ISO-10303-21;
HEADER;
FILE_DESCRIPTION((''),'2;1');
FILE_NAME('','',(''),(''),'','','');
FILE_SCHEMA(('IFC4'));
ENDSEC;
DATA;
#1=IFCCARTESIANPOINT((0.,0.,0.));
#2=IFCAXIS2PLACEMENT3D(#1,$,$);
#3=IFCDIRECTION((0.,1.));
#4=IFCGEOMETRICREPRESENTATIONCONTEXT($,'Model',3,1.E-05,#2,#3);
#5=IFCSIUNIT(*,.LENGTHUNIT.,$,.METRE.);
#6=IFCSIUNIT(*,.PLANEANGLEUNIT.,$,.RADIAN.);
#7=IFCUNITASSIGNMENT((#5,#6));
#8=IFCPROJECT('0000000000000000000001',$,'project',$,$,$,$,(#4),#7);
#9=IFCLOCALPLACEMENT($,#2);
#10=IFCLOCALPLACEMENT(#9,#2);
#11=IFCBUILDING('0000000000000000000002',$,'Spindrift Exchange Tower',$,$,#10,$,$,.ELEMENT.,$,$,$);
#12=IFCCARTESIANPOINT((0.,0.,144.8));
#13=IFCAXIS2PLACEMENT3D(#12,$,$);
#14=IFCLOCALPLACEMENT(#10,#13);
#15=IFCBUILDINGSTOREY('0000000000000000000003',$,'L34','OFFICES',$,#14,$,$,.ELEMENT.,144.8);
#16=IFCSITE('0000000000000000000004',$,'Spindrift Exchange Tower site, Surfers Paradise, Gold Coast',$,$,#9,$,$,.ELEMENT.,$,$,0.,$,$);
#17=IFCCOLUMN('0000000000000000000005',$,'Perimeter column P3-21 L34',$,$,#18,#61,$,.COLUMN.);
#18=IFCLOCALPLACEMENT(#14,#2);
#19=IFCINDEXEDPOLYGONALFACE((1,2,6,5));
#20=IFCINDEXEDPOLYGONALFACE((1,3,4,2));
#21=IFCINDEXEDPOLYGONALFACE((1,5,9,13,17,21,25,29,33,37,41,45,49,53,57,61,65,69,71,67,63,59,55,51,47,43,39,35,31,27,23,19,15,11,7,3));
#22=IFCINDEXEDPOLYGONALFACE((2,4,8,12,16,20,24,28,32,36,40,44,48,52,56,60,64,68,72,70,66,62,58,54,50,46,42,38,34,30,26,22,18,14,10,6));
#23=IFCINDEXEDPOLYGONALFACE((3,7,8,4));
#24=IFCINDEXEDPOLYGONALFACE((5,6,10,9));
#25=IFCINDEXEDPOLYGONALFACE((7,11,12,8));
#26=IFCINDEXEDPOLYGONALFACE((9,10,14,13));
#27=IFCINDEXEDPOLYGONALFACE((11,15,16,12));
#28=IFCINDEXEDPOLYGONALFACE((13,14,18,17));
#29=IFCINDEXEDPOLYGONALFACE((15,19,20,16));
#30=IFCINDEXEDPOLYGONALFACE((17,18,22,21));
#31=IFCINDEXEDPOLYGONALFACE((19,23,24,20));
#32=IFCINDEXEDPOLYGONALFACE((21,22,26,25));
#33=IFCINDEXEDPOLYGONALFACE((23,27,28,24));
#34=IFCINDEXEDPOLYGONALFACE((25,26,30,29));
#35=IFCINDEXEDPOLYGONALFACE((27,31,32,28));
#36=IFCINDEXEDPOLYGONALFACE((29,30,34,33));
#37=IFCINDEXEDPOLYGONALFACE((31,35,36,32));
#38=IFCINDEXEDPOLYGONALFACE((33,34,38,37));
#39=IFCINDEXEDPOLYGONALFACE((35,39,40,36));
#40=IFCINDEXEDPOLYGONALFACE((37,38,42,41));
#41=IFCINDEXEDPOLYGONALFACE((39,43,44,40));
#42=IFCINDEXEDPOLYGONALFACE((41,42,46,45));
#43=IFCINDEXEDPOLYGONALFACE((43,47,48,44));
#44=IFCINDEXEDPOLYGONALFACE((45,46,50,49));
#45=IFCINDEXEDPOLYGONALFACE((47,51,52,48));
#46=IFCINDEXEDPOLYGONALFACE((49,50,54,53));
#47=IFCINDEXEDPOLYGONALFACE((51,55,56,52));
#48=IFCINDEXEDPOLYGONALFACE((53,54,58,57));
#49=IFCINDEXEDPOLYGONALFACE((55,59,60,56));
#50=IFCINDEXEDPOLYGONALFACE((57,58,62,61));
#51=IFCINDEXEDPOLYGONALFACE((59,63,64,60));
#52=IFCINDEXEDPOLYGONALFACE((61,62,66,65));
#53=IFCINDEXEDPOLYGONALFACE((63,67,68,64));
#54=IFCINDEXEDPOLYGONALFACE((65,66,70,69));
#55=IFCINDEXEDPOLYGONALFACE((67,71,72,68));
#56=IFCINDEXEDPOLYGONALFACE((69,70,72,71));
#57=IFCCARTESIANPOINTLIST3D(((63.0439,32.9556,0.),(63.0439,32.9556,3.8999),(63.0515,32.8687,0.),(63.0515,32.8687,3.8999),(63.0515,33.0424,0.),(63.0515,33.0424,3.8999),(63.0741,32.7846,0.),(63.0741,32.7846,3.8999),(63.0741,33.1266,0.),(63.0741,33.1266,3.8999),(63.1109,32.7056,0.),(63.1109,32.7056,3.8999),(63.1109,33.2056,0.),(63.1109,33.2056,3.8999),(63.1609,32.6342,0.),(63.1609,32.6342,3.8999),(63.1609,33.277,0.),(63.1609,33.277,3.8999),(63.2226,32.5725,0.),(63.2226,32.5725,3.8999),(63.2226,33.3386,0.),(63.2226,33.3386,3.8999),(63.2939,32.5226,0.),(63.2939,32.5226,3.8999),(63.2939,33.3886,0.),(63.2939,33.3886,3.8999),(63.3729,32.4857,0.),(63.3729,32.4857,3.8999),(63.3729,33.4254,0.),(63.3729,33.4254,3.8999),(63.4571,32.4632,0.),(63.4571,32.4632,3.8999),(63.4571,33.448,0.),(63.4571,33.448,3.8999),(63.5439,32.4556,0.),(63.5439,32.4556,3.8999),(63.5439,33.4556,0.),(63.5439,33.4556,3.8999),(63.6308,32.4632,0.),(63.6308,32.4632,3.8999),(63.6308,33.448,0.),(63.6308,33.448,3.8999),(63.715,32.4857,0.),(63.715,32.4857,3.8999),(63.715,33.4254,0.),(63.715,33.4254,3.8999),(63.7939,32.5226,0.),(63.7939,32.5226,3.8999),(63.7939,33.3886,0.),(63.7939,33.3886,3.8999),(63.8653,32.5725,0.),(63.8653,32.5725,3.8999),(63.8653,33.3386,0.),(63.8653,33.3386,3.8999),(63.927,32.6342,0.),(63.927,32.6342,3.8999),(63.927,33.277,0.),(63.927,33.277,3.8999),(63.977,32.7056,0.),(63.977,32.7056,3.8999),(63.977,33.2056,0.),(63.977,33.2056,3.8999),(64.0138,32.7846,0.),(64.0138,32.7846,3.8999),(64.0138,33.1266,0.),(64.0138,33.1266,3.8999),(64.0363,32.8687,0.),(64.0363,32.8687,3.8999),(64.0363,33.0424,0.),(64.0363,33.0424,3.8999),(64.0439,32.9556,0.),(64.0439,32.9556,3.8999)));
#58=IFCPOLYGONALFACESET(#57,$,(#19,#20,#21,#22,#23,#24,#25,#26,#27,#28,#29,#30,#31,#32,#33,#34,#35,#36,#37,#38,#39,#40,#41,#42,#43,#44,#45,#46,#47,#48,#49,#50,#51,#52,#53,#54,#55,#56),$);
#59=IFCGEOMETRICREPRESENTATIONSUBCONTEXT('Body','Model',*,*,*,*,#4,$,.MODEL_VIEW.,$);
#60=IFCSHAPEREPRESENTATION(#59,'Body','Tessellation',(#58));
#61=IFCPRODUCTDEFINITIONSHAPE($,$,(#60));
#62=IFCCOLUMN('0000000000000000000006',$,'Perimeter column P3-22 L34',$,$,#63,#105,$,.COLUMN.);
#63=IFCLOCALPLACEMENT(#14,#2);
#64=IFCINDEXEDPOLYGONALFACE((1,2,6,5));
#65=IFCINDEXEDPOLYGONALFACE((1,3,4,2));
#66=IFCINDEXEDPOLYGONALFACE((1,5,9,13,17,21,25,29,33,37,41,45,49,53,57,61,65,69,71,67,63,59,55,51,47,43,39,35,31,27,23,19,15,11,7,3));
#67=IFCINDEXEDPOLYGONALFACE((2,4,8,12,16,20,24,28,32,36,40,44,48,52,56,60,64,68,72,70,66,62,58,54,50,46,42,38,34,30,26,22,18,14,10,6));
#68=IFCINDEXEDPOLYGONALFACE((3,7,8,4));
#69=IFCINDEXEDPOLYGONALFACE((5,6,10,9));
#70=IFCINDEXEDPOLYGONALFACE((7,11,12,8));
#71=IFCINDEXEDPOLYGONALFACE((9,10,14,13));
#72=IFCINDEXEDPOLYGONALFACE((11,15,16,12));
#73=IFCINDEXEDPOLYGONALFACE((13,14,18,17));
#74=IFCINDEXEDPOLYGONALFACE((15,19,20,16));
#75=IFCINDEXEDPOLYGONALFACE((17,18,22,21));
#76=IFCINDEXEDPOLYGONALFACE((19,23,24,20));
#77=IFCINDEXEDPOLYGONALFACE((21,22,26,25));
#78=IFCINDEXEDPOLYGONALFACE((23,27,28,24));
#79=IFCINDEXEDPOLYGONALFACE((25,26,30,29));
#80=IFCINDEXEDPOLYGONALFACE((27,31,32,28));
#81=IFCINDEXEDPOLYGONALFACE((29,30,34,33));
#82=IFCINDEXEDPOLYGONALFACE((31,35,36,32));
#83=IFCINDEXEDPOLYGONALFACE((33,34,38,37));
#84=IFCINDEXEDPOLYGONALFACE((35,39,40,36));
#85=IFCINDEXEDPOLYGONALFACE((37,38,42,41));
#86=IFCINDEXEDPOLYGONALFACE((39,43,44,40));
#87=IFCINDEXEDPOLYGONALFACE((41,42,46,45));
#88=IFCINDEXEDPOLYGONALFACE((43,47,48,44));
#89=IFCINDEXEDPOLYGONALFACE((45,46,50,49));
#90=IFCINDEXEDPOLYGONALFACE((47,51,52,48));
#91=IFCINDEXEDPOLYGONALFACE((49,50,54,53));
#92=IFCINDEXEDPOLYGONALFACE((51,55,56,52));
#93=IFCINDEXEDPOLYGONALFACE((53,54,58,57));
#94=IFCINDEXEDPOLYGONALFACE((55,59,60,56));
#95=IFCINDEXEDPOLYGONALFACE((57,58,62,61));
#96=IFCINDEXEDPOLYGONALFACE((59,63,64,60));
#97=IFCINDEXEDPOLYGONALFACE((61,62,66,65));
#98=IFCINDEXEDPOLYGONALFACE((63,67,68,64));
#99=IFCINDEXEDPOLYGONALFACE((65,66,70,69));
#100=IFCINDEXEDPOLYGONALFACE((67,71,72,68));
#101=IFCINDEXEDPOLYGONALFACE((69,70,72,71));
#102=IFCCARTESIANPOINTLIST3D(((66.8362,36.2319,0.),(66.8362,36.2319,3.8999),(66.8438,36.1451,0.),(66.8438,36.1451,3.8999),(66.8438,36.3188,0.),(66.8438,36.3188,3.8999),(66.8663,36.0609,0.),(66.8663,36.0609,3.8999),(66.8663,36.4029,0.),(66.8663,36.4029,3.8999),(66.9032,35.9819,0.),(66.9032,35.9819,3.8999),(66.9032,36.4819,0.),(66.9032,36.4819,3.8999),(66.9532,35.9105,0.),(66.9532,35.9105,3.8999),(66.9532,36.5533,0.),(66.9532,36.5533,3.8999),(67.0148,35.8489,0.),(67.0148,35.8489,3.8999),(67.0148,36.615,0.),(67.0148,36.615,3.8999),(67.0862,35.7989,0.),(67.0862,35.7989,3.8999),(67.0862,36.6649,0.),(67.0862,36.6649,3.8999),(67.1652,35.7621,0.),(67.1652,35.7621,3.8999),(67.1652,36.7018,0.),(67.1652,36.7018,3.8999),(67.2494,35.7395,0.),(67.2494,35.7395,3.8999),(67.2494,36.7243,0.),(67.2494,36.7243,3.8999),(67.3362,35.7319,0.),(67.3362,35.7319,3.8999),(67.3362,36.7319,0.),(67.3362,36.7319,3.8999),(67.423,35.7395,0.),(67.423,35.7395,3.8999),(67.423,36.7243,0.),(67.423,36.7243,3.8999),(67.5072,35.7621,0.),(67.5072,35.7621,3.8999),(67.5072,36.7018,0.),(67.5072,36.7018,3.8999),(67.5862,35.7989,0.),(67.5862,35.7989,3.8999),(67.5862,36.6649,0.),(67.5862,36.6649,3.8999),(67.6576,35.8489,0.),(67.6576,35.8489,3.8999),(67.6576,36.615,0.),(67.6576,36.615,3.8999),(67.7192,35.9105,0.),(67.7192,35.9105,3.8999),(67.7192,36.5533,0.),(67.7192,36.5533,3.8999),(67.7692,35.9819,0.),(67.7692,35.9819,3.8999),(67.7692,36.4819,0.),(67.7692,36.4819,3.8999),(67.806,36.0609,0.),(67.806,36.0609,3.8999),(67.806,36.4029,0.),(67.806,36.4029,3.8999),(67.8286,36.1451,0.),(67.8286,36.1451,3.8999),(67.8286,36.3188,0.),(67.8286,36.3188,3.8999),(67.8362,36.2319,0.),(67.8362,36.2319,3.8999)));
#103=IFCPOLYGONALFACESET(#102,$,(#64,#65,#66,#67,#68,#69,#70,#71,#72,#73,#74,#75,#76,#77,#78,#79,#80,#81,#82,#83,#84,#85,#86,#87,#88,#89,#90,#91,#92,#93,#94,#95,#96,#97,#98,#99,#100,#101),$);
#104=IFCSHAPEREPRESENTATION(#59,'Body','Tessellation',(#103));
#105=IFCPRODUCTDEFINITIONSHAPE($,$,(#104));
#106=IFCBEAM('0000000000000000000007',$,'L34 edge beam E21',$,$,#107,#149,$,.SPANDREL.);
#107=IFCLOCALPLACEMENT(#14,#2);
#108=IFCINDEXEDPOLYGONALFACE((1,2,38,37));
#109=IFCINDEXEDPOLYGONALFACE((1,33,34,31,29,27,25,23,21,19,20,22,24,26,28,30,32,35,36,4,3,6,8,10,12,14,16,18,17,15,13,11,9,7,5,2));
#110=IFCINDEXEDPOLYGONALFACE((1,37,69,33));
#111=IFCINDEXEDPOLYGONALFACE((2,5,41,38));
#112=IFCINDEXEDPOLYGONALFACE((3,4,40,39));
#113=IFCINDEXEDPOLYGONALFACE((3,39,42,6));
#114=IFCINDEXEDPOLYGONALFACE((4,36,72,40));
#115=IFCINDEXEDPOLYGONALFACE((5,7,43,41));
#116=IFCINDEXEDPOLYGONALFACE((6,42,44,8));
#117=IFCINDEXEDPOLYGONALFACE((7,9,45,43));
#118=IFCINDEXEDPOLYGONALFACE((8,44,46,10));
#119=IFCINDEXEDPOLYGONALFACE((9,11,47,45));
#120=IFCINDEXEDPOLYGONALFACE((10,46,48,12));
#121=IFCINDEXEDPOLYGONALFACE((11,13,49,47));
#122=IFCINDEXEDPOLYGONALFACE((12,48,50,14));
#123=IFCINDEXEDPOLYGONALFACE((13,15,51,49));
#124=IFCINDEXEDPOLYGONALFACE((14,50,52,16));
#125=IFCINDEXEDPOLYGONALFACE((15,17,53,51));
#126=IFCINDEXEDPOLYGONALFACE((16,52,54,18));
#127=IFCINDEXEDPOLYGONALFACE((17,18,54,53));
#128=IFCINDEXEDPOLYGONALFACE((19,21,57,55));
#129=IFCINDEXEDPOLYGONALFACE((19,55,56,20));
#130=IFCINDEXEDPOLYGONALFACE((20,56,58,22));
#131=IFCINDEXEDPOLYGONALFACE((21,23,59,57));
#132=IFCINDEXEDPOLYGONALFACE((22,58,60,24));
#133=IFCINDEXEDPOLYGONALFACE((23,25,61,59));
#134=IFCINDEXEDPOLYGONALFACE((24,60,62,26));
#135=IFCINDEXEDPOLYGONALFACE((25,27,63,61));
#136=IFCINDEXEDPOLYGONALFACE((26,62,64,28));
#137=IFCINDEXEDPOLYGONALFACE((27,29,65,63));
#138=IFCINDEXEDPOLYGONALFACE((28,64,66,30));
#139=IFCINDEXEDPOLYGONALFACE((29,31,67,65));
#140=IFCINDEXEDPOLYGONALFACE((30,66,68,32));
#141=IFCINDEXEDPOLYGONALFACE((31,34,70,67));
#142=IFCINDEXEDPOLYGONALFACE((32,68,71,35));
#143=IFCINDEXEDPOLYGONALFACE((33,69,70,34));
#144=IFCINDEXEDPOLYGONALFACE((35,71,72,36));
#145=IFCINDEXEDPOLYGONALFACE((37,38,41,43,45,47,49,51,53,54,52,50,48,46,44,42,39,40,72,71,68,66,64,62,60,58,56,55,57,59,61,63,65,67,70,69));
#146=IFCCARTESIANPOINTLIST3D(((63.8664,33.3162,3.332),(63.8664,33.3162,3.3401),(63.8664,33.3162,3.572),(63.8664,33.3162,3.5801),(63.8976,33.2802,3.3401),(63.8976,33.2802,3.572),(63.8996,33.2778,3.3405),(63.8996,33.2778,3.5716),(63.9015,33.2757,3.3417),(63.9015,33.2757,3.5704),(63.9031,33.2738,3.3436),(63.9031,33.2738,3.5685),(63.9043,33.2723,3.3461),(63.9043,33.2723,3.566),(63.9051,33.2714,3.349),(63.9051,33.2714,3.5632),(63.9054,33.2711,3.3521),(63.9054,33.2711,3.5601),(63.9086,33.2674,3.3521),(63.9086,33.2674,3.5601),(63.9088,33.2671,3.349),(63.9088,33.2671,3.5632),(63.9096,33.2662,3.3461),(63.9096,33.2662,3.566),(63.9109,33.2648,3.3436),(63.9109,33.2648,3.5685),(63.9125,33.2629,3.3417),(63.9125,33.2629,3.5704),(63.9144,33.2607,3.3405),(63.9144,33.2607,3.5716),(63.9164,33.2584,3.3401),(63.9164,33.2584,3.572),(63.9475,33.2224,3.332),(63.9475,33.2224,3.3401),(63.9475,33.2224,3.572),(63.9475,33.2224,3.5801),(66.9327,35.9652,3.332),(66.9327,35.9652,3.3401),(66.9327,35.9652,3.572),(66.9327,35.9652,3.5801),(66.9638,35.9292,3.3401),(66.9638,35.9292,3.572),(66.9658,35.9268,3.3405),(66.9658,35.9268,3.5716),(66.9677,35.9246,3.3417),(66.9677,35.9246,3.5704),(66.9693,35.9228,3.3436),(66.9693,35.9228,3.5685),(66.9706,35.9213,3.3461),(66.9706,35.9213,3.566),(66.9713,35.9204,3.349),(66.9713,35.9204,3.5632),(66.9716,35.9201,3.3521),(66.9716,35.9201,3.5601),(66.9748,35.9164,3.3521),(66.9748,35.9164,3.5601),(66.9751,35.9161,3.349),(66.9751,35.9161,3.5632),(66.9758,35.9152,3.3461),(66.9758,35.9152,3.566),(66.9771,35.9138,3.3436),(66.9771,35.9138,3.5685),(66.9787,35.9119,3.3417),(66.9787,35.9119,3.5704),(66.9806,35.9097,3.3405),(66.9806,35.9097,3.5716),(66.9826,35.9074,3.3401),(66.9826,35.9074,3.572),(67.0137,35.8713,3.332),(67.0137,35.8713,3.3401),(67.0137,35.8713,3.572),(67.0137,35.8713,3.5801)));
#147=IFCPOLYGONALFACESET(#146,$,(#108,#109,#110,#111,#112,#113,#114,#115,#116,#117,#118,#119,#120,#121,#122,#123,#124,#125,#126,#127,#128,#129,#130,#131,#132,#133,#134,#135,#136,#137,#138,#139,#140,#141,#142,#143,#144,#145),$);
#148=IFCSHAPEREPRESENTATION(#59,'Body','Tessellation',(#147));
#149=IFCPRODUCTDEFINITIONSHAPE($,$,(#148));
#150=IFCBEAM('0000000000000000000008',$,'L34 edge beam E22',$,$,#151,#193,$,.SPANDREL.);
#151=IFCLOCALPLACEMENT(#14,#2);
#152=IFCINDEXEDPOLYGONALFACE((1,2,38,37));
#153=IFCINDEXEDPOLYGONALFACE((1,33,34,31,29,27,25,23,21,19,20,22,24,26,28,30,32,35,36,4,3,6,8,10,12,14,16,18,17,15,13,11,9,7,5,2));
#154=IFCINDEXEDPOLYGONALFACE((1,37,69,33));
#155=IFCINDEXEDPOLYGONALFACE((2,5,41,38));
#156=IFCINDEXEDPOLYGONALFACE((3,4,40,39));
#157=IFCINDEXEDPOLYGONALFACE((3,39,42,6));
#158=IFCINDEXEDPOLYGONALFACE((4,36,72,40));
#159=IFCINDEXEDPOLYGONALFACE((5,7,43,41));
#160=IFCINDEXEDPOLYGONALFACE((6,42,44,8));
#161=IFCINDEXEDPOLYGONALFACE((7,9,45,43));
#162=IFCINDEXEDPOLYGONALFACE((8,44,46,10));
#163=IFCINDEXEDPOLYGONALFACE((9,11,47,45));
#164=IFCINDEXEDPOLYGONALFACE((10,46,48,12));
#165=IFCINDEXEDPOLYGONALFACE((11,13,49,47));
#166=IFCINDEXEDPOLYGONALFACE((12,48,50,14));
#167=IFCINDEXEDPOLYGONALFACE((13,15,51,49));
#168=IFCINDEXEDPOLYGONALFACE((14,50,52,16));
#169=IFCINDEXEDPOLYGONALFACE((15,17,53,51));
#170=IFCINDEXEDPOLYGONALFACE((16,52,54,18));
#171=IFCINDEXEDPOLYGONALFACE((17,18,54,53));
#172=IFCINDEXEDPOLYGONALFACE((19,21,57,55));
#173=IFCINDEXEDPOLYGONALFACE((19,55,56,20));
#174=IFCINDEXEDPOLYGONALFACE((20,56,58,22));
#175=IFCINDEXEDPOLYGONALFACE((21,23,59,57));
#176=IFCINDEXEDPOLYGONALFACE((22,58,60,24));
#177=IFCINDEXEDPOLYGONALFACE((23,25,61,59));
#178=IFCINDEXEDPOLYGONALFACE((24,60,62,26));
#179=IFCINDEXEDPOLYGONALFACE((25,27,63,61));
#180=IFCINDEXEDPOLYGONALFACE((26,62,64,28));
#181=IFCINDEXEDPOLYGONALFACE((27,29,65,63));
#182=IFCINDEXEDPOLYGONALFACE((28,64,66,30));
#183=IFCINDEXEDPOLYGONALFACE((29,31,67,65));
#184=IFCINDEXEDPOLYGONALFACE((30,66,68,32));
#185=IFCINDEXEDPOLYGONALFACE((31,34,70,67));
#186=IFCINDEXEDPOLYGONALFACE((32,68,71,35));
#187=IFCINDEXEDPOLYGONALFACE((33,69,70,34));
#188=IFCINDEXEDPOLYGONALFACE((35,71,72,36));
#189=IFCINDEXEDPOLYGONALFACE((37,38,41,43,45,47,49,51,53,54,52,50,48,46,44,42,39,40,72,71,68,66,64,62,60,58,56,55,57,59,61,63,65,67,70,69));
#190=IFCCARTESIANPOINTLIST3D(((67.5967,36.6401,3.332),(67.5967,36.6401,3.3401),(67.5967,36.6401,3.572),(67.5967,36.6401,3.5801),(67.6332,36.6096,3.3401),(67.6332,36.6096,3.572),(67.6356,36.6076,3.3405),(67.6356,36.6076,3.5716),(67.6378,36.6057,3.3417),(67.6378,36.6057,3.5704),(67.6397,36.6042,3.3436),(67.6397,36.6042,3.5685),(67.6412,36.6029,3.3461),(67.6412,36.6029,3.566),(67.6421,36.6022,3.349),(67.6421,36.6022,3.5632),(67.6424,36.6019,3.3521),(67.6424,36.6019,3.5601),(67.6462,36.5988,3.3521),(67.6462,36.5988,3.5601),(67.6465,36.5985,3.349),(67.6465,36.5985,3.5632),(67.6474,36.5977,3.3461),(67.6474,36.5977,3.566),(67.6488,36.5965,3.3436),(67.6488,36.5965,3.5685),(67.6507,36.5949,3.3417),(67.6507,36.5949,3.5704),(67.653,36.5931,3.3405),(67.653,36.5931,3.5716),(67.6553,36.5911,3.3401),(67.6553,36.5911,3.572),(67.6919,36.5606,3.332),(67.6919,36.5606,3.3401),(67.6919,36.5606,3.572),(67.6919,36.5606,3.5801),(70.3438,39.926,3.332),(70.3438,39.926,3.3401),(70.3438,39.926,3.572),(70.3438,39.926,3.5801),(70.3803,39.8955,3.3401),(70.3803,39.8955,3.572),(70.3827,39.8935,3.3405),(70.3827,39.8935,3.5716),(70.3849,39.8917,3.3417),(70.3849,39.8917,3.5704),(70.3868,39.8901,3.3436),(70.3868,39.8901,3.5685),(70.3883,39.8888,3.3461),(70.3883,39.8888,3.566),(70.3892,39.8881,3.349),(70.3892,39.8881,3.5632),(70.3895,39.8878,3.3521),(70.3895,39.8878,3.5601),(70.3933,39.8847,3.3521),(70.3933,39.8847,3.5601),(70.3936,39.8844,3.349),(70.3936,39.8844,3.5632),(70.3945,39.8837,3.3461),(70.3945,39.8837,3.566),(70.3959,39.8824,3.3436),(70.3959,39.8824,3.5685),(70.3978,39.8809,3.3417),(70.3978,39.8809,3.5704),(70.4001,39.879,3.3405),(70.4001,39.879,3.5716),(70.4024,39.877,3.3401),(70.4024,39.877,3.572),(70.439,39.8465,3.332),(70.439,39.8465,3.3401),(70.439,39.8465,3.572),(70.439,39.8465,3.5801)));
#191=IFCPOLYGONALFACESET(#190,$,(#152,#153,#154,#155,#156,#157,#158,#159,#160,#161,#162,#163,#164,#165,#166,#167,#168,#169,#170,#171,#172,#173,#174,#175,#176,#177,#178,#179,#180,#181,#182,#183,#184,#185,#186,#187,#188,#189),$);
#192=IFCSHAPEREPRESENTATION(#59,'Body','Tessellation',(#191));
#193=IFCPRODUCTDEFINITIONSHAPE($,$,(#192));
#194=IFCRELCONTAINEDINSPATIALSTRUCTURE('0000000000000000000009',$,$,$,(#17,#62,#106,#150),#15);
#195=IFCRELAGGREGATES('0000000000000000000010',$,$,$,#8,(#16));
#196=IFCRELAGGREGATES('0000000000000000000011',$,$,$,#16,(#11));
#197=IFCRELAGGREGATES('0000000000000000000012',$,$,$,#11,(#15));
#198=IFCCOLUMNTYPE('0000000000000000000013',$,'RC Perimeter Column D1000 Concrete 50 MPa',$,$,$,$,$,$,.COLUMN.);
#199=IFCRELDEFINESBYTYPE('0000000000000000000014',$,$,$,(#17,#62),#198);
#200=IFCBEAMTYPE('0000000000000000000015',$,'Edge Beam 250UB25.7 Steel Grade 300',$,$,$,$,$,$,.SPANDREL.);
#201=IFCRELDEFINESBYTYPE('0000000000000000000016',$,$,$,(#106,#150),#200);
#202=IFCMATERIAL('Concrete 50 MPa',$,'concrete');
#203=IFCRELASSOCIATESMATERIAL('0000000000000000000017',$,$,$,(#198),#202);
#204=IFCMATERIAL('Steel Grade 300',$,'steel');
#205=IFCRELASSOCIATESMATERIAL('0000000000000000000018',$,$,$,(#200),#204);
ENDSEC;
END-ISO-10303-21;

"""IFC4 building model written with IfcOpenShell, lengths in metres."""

from ifc_helpers import new_model, si_unit, direction, frame, origin, origin_2d, place, context, subcontext, project, spatial, circle, i_section, extrude, source, transform, mapped, material, material_profile, profile_set, type_object, element, save


model = new_model("IFC4")

# Units and contexts
model_context = context("Model", 3, precision=1e-05, world=origin(), true_north=direction((0.0, 1.0)))
body_context = subcontext(model_context, "Body", "Model", "MODEL_VIEW")
ifc_project = project(units=[si_unit("LENGTHUNIT", "METRE"), si_unit("PLANEANGLEUNIT", "RADIAN")], contexts=[model_context])

# Site, building, storey
site_placement = place(None, origin())
site = spatial("IfcSite", under=ifc_project, at=site_placement, Name="Spindrift Exchange Tower site, Surfers Paradise, Gold Coast", CompositionType="ELEMENT", RefElevation=0.0)
building_placement = place(site_placement, origin())
building = spatial("IfcBuilding", under=site, at=building_placement, Name="Spindrift Exchange Tower", CompositionType="ELEMENT")
storey_placement = place(building_placement, frame((0.0, 0.0, 144.8)))
storey = spatial("IfcBuildingStorey", under=building, at=storey_placement, Name="L34", Description="OFFICES", CompositionType="ELEMENT", Elevation=144.8)

# Columns
ifc_material_1 = material(Name="Concrete 50 MPa", Category="concrete")
ifc_material_profile_1 = material_profile(ifc_material_1, circle(Radius=0.5, at=origin_2d()), Name="RC D1000")
ifc_profile_set_1 = profile_set([ifc_material_profile_1], Name="Concrete 50 MPa")
column_type = type_object("IfcColumnType", Name="RC Perimeter Column D1000 Concrete 50 MPa", PredefinedType="COLUMN", material=ifc_profile_set_1)
shared_shape_1 = source(origin(), body_context, "Body", "SweptSolid", [
    extrude(circle(Radius=0.5, at=origin_2d()), origin(), (0.0, 0.0, 1.0), 3.8999),
])
for number, where, z_axis, x_axis, name in (
    (1, (63.5439, 32.9556, 0.0), (0.0, 0.0, 1.0), (1.0, 0.0, 0.0), "Perimeter column P3-21 L34"),
    (2, (67.3362, 36.2319, 0.0), (0.0, 0.0, 1.0), (1.0, 0.0, 0.0), "Perimeter column P3-22 L34"),
):
    element("IfcColumn", number, at=place(storey_placement, frame(where, z_axis=z_axis, x_axis=x_axis)), inside=storey, type_object=column_type, Name=name, PredefinedType="COLUMN", context=body_context, shape_type="MappedRepresentation", body=[
        mapped(shared_shape_1, transform((0.0, 0.0, 0.0), scale=1.0)),
    ])

# Beams
ifc_material_2 = material(Name="Steel Grade 300", Category="steel")
ifc_material_profile_2 = material_profile(ifc_material_2, i_section(OverallWidth=0.124, OverallDepth=0.248, WebThickness=0.0049, FlangeThickness=0.0081, FilletRadius=0.012, at=origin_2d()), Name="250UB25.7")
ifc_profile_set_2 = profile_set([ifc_material_profile_2], Name="Steel Grade 300")
beam_type = type_object("IfcBeamType", Name="Edge Beam 250UB25.7 Steel Grade 300", PredefinedType="SPANDREL", material=ifc_profile_set_2)
shared_shape_2 = source(origin(), body_context, "Body", "SweptSolid", [
    extrude(i_section(OverallWidth=0.124, OverallDepth=0.248, WebThickness=0.0049, FlangeThickness=0.0081, FilletRadius=0.012, at=origin_2d()), origin(), (0.0, 0.0, 1.0), 4.052),
])
beam_1_placement = place(storey_placement, frame((63.907, 33.2693, 3.4561), z_axis=(0.756716, 0.653744, 0.0), x_axis=(-0.653744, 0.756716, 0.0)))
element("IfcBeam", 3, at=beam_1_placement, inside=storey, type_object=beam_type, Name="L34 edge beam E21", PredefinedType="SPANDREL", context=body_context, shape_type="MappedRepresentation", body=[
    mapped(shared_shape_2, transform((0.0, 0.0, 0.0), scale=1.0)),
])
shared_shape_3 = source(origin(), body_context, "Body", "SweptSolid", [
    extrude(i_section(OverallWidth=0.124, OverallDepth=0.248, WebThickness=0.0049, FlangeThickness=0.0081, FilletRadius=0.012, at=origin_2d()), origin(), (0.0, 0.0, 1.0), 4.283),
])
beam_2_placement = place(storey_placement, frame((67.6443, 36.6003, 3.4561), z_axis=(0.6414, 0.767206, 0.0), x_axis=(-0.767206, 0.6414, 0.0)))
element("IfcBeam", 4, at=beam_2_placement, inside=storey, type_object=beam_type, Name="L34 edge beam E22", PredefinedType="SPANDREL", context=body_context, shape_type="MappedRepresentation", body=[
    mapped(shared_shape_3, transform((0.0, 0.0, 0.0), scale=1.0)),
])

save(model, "model.ifc")
